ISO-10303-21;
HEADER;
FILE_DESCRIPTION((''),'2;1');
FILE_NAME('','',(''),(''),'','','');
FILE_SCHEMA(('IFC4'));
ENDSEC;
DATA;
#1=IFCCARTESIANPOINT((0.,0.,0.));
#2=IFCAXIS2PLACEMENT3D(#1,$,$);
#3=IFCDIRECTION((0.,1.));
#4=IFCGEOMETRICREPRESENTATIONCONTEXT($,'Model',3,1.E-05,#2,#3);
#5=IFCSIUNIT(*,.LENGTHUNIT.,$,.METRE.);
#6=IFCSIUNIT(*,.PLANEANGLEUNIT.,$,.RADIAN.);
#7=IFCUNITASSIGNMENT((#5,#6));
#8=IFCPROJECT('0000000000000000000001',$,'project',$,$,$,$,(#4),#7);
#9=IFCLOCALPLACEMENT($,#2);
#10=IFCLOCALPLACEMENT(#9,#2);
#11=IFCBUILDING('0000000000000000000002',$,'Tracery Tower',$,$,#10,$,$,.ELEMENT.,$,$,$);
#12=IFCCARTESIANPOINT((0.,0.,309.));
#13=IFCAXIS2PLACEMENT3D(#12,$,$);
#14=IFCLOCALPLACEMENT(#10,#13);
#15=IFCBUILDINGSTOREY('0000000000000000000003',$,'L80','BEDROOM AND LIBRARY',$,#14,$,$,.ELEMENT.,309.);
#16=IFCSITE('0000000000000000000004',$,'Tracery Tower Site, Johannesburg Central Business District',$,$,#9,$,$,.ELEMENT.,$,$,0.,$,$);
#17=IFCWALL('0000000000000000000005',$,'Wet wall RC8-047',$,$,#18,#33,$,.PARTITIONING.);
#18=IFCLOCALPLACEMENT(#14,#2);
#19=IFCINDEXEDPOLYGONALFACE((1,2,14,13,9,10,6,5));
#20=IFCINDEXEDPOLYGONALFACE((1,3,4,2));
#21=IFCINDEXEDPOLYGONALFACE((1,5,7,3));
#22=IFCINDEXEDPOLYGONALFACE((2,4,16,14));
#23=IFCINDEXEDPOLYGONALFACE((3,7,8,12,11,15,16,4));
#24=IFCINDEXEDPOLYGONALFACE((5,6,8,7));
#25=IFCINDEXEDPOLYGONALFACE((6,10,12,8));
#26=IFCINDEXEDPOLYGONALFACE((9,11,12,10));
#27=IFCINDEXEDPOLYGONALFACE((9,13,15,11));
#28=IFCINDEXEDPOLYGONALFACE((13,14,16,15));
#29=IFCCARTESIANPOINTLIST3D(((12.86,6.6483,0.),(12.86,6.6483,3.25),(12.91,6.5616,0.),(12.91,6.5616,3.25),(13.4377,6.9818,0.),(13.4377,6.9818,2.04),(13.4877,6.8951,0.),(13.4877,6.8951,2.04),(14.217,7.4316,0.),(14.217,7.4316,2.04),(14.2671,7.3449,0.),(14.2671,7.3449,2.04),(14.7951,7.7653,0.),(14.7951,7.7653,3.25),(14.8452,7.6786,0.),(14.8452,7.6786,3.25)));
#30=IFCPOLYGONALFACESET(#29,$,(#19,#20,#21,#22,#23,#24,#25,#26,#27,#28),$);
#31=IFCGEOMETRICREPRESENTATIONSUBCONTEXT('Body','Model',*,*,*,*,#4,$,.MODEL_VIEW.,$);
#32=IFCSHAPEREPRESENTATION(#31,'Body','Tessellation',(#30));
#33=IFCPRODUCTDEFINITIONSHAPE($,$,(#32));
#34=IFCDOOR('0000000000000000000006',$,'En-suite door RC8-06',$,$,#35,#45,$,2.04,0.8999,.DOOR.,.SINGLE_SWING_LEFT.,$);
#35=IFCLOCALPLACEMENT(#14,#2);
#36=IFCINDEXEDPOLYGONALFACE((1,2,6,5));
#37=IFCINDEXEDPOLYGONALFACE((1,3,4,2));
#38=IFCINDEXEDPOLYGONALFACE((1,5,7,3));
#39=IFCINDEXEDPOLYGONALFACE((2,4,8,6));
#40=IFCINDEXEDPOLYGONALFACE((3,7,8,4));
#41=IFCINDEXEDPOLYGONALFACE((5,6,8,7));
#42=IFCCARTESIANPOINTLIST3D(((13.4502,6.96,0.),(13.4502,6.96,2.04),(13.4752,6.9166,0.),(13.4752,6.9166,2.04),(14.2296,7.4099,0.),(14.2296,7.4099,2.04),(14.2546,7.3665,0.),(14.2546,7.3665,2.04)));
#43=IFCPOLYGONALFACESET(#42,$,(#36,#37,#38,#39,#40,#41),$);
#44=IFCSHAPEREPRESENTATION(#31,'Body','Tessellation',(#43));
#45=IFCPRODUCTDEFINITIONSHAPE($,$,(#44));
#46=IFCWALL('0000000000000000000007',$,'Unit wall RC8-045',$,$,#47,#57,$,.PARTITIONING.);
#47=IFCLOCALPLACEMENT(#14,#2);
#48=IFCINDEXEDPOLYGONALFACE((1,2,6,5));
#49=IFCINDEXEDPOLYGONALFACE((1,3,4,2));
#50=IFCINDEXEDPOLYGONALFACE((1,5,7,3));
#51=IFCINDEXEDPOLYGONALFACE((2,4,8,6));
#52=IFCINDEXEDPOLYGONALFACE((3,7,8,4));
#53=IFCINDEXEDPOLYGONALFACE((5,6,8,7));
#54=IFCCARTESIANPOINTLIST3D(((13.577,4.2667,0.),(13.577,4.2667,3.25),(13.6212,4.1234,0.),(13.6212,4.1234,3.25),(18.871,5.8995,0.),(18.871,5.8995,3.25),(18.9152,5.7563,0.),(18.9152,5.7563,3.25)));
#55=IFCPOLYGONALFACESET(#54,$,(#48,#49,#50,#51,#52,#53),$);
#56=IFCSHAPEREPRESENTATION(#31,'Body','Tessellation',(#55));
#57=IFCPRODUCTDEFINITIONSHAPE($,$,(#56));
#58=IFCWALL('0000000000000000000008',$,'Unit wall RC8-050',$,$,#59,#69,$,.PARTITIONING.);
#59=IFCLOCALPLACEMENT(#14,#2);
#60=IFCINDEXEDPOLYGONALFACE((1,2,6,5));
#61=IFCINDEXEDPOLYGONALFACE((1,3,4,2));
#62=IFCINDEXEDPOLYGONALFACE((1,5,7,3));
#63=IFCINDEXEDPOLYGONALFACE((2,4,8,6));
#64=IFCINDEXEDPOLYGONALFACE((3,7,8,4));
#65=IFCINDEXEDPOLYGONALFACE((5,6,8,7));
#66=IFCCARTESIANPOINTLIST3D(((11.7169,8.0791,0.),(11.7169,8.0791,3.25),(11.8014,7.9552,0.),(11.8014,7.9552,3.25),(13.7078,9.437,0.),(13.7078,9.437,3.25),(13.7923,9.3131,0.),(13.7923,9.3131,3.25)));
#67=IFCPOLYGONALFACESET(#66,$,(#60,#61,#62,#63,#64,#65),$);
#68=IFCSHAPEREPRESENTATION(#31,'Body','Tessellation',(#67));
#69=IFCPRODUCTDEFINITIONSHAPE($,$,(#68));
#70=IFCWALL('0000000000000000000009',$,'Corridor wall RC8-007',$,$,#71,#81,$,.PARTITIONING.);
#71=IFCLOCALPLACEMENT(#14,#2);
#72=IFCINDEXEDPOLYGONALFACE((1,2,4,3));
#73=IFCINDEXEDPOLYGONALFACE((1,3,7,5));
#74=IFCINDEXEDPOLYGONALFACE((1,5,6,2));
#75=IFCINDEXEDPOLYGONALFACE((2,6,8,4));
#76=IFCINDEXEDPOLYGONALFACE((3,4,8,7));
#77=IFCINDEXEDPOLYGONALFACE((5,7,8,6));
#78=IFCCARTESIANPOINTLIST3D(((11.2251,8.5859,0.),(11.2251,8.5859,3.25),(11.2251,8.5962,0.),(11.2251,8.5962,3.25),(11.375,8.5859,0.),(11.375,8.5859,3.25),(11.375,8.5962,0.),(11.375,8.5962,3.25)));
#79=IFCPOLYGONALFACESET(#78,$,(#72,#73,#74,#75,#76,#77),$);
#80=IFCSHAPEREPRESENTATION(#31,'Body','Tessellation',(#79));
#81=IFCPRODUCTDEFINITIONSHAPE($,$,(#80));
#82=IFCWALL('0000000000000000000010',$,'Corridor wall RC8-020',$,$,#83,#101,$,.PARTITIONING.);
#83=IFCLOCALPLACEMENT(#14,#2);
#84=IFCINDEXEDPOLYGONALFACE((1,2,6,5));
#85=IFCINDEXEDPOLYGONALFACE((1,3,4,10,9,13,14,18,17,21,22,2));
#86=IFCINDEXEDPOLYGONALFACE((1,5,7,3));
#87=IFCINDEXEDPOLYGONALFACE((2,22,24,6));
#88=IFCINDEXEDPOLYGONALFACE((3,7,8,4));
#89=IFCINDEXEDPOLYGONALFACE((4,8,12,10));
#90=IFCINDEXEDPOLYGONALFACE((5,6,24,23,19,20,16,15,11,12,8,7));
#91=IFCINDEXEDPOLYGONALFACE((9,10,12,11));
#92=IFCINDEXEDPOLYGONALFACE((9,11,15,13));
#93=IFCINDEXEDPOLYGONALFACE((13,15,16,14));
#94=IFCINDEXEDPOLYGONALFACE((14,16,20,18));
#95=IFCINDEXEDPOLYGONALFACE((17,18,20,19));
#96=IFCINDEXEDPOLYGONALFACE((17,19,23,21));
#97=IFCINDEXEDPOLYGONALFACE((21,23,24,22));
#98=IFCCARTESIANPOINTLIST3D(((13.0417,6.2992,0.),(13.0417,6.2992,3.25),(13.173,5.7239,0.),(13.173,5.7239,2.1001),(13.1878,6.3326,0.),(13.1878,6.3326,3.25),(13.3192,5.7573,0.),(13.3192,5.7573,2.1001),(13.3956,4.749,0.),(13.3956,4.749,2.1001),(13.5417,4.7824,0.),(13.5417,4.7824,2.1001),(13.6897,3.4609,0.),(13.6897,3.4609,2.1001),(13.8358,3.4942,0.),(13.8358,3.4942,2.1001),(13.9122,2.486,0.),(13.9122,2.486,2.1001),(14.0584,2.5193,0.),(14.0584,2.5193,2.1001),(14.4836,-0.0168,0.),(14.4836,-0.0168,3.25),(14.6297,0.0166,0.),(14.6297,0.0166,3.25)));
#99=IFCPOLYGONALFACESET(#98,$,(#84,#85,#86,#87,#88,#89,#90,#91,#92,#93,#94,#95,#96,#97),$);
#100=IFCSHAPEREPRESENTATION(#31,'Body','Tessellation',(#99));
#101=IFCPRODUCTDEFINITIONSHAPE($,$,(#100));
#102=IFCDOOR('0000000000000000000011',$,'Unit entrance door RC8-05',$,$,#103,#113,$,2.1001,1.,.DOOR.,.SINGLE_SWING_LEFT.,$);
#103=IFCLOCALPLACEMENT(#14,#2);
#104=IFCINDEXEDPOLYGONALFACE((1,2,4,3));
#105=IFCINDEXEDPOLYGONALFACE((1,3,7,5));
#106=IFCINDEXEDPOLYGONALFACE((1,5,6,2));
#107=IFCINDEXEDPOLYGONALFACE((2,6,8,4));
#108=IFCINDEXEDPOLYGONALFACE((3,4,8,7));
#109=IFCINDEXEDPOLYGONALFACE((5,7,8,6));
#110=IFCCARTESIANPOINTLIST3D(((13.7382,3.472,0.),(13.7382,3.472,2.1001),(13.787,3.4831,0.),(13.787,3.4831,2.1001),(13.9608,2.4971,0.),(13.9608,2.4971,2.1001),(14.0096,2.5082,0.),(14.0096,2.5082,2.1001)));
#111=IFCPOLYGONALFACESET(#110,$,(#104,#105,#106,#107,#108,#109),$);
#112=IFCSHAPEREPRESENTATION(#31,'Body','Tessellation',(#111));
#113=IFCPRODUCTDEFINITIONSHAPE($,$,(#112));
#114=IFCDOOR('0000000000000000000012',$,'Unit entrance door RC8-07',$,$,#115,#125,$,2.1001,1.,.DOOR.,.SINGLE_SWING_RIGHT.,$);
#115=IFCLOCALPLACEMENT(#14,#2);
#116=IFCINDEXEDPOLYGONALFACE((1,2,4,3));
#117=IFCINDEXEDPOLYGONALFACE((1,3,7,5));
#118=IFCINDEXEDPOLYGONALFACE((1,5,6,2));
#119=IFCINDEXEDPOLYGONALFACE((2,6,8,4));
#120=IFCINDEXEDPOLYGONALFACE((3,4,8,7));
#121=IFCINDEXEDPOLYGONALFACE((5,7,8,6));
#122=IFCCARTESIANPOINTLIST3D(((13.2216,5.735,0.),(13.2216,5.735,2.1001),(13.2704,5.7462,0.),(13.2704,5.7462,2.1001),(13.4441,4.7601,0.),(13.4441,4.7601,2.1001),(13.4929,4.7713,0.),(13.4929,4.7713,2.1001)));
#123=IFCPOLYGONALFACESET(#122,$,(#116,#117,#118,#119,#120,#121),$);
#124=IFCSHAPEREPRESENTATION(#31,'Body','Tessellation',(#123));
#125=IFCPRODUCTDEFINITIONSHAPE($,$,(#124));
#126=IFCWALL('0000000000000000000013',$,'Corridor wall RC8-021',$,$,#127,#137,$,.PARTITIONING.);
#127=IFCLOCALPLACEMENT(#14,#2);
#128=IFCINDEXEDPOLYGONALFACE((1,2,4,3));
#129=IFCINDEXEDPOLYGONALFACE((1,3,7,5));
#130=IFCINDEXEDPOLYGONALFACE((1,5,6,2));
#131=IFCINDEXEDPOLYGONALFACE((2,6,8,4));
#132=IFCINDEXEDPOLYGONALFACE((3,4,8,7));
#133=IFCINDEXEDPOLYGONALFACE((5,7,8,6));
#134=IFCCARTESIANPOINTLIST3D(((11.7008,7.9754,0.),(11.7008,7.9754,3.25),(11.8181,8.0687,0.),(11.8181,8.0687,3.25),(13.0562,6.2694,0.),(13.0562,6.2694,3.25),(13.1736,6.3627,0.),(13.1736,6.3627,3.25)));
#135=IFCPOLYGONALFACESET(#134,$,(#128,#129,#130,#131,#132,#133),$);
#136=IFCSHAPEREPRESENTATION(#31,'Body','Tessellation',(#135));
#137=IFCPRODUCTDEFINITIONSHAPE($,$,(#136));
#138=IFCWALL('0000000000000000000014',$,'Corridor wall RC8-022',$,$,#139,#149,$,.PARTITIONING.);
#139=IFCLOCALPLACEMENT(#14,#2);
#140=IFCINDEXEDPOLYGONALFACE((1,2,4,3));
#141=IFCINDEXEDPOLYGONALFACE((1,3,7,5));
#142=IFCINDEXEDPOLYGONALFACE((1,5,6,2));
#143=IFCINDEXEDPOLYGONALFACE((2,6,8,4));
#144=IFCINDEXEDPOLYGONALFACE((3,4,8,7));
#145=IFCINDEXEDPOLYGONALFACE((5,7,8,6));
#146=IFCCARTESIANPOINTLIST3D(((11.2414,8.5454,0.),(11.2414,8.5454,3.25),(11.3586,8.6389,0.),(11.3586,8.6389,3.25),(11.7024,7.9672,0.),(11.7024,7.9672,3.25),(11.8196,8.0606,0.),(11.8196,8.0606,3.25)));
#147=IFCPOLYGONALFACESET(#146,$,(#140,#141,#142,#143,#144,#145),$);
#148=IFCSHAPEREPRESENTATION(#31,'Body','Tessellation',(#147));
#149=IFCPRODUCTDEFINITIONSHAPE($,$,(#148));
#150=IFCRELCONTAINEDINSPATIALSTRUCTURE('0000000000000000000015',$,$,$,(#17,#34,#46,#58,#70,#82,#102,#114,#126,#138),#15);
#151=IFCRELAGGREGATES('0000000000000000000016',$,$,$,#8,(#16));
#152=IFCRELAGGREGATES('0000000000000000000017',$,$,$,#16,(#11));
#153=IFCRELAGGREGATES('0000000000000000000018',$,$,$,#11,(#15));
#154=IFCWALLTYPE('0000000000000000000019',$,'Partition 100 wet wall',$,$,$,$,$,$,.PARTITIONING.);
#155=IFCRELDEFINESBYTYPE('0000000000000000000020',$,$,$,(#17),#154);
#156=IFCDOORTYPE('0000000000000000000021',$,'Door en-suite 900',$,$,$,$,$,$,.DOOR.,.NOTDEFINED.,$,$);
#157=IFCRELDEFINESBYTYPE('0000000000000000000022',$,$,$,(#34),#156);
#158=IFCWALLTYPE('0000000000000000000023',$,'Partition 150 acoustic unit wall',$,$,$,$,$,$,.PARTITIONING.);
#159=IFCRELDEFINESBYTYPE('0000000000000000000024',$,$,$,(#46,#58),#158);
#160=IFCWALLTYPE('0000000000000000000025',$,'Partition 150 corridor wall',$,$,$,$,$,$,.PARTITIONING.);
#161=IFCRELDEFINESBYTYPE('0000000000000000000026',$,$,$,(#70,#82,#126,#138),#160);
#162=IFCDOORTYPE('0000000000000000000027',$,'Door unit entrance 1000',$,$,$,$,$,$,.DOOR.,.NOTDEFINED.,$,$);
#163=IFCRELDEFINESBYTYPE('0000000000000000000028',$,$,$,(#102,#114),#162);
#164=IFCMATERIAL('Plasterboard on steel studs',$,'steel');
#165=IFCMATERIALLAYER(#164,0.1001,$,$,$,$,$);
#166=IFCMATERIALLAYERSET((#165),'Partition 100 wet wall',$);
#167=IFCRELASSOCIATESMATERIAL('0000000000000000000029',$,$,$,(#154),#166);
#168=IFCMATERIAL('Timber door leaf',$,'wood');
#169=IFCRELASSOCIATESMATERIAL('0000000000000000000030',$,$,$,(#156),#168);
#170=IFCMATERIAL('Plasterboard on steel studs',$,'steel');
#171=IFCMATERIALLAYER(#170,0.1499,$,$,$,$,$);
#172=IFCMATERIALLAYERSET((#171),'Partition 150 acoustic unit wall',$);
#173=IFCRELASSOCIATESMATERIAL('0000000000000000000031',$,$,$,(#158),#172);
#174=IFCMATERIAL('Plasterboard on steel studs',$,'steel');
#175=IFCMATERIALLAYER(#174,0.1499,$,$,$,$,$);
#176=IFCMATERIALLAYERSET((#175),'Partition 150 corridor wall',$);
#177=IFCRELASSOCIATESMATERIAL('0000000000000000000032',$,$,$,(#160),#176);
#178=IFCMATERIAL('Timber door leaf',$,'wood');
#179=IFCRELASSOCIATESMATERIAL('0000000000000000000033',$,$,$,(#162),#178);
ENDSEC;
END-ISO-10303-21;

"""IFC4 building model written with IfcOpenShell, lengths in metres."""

from ifc_helpers import new_model, si_unit, direction, frame, frame_2d, origin, place, context, subcontext, project, spatial, rectangle, extrude, material, layer, layer_set, type_object, element, fill, save


model = new_model("IFC4")

# Units and contexts
model_context = context("Model", 3, precision=1e-05, world=origin(), true_north=direction((0.0, 1.0)))
body_context = subcontext(model_context, "Body", "Model", "MODEL_VIEW")
ifc_project = project(units=[si_unit("LENGTHUNIT", "METRE"), si_unit("PLANEANGLEUNIT", "RADIAN")], contexts=[model_context])

# Site, building, storey
site_placement = place(None, origin())
site = spatial("IfcSite", under=ifc_project, at=site_placement, Name="Tracery Tower Site, Johannesburg Central Business District", CompositionType="ELEMENT", RefElevation=0.0)
building_placement = place(site_placement, origin())
building = spatial("IfcBuilding", under=site, at=building_placement, Name="Tracery Tower", CompositionType="ELEMENT")
storey_placement = place(building_placement, frame((0.0, 0.0, 309.0)))
storey = spatial("IfcBuildingStorey", under=building, at=storey_placement, Name="L80", Description="BEDROOM AND LIBRARY", CompositionType="ELEMENT", Elevation=309.0)

# Shared definitions
ifc_material_1 = material(Name="Plasterboard on steel studs", Category="steel")
ifc_layer_1 = layer(ifc_material_1, 0.1001)
ifc_layer_set_1 = layer_set([ifc_layer_1], Name="Partition 100 wet wall")
wall_type_1 = type_object("IfcWallType", Name="Partition 100 wet wall", PredefinedType="PARTITIONING", material=ifc_layer_set_1)

# Wall, opening, door
ifc_material_2 = material(Name="Timber door leaf", Category="wood")
door_type_1 = type_object("IfcDoorType", Name="Door en-suite 900", OperationType="NOTDEFINED", PredefinedType="DOOR", material=ifc_material_2)
wall_1_placement = place(storey_placement, frame((12.885, 6.605, 0.0), z_axis=(0.0, 0.0, 1.0), x_axis=(0.866076, 0.499912, 0.0)))
wall_1 = element("IfcWall", 1, at=wall_1_placement, inside=storey, type_object=wall_type_1, Name="Wet wall RC8-047", PredefinedType="PARTITIONING", context=body_context, shape_type="SweptSolid", body=[
    extrude(rectangle(XDim=2.2344, YDim=0.1001, at=frame_2d((1.1172, 0.0))), origin(), (0.0, 0.0, 1.0), 3.25),
])
opening_1_placement = place(wall_1_placement, frame((0.667, 0.0, 0.0)))
opening_1 = element("IfcOpeningElement", 2, at=opening_1_placement, cuts=wall_1, PredefinedType="OPENING", context=body_context, shape_type="SweptSolid", body=[
    extrude(rectangle(XDim=0.8999, YDim=2.04, at=frame_2d((0.45, 1.02))), frame((0.0, 0.05, 0.0), z_axis=(0.0, -1.0, 0.0), x_axis=(1.0, 0.0, 0.0)), (0.0, 0.0, 1.0), 0.1001),
])
door_1_placement = place(opening_1_placement, origin())
door_1 = element("IfcDoor", 3, at=door_1_placement, inside=storey, type_object=door_type_1, Name="En-suite door RC8-06", OperationType="SINGLE_SWING_LEFT", OverallHeight=2.04, OverallWidth=0.8999, PredefinedType="DOOR", context=body_context, shape_type="SweptSolid", body=[
    extrude(rectangle(XDim=0.8999, YDim=2.04, at=frame_2d((0.45, 1.02))), frame((0.0, 0.0249, 0.0), z_axis=(0.0, -1.0, 0.0), x_axis=(1.0, 0.0, 0.0)), (0.0, 0.0, 1.0), 0.05),
])
fill(opening_1, door_1)

# Walls
ifc_material_3 = material(Name="Plasterboard on steel studs", Category="steel")
ifc_layer_2 = layer(ifc_material_3, 0.1499)
ifc_layer_set_2 = layer_set([ifc_layer_2], Name="Partition 150 acoustic unit wall")
wall_type_2 = type_object("IfcWallType", Name="Partition 150 acoustic unit wall", PredefinedType="PARTITIONING", material=ifc_layer_set_2)
wall_2_placement = place(storey_placement, frame((13.5991, 4.1951, 0.0), z_axis=(0.0, 0.0, 1.0), x_axis=(0.955581, 0.29473, 0.0)))
element("IfcWall", 4, at=wall_2_placement, inside=storey, type_object=wall_type_2, Name="Unit wall RC8-045", PredefinedType="PARTITIONING", context=body_context, shape_type="SweptSolid", body=[
    extrude(rectangle(XDim=5.54, YDim=0.1499, at=frame_2d((2.77, 0.0))), origin(), (0.0, 0.0, 1.0), 3.25),
])
wall_3_placement = place(storey_placement, frame((11.759, 8.0171, 0.0), z_axis=(0.0, 0.0, 1.0), x_axis=(0.826144, 0.563459, 0.0)))
element("IfcWall", 5, at=wall_3_placement, inside=storey, type_object=wall_type_2, Name="Unit wall RC8-050", PredefinedType="PARTITIONING", context=body_context, shape_type="SweptSolid", body=[
    extrude(rectangle(XDim=2.4099, YDim=0.1499, at=frame_2d((1.2051, 0.0))), origin(), (0.0, 0.0, 1.0), 3.25),
])
ifc_material_4 = material(Name="Plasterboard on steel studs", Category="steel")
ifc_layer_3 = layer(ifc_material_4, 0.1499)
ifc_layer_set_3 = layer_set([ifc_layer_3], Name="Partition 150 corridor wall")
wall_type_3 = type_object("IfcWallType", Name="Partition 150 corridor wall", PredefinedType="PARTITIONING", material=ifc_layer_set_3)
wall_4_placement = place(storey_placement, frame((11.3, 8.5859, 0.0), z_axis=(0.0, 0.0, 1.0), x_axis=(0.0, 1.0, 0.0)))
element("IfcWall", 6, at=wall_4_placement, inside=storey, type_object=wall_type_3, Name="Corridor wall RC8-007", PredefinedType="PARTITIONING", context=body_context, shape_type="SweptSolid", body=[
    extrude(rectangle(XDim=0.0103, YDim=0.1499, at=frame_2d((0.0051, 0.0))), origin(), (0.0, 0.0, 1.0), 3.25),
])

# Wall, openings, doors
wall_5_placement = place(storey_placement, frame((13.1147, 6.3159, 0.0), z_axis=(0.0, 0.0, 1.0), x_axis=(0.222569, -0.974917, 0.0)))
wall_5 = element("IfcWall", 7, at=wall_5_placement, inside=storey, type_object=wall_type_3, Name="Corridor wall RC8-020", PredefinedType="PARTITIONING", context=body_context, shape_type="SweptSolid", body=[
    extrude(rectangle(XDim=6.4785, YDim=0.1499, at=frame_2d((3.2393, 0.0))), origin(), (0.0, 0.0, 1.0), 3.25),
])
opening_2_placement = place(wall_5_placement, frame((2.9114, 0.0, 0.0)))
opening_2 = element("IfcOpeningElement", 8, at=opening_2_placement, cuts=wall_5, PredefinedType="OPENING", context=body_context, shape_type="SweptSolid", body=[
    extrude(rectangle(XDim=1.0, YDim=2.1001, at=frame_2d((0.5, 1.05))), frame((0.0, 0.075, 0.0), z_axis=(0.0, -1.0, 0.0), x_axis=(1.0, 0.0, 0.0)), (0.0, 0.0, 1.0), 0.1499),
])
opening_3_placement = place(wall_5_placement, frame((0.5901, 0.0, 0.0)))
opening_3 = element("IfcOpeningElement", 9, at=opening_3_placement, cuts=wall_5, PredefinedType="OPENING", context=body_context, shape_type="SweptSolid", body=[
    extrude(rectangle(XDim=1.0, YDim=2.1001, at=frame_2d((0.5, 1.05))), frame((0.0, 0.075, 0.0), z_axis=(0.0, -1.0, 0.0), x_axis=(1.0, 0.0, 0.0)), (0.0, 0.0, 1.0), 0.1499),
])
ifc_material_5 = material(Name="Timber door leaf", Category="wood")
door_type_2 = type_object("IfcDoorType", Name="Door unit entrance 1000", OperationType="NOTDEFINED", PredefinedType="DOOR", material=ifc_material_5)
door_2_placement = place(opening_2_placement, origin())
door_2 = element("IfcDoor", 10, at=door_2_placement, inside=storey, type_object=door_type_2, Name="Unit entrance door RC8-05", OperationType="SINGLE_SWING_LEFT", OverallHeight=2.1001, OverallWidth=1.0, PredefinedType="DOOR", context=body_context, shape_type="SweptSolid", body=[
    extrude(rectangle(XDim=1.0, YDim=2.1001, at=frame_2d((0.5, 1.05))), frame((0.0, 0.0249, 0.0), z_axis=(0.0, -1.0, 0.0), x_axis=(1.0, 0.0, 0.0)), (0.0, 0.0, 1.0), 0.05),
])
fill(opening_2, door_2)
door_3_placement = place(opening_3_placement, origin())
door_3 = element("IfcDoor", 11, at=door_3_placement, inside=storey, type_object=door_type_2, Name="Unit entrance door RC8-07", OperationType="SINGLE_SWING_RIGHT", OverallHeight=2.1001, OverallWidth=1.0, PredefinedType="DOOR", context=body_context, shape_type="SweptSolid", body=[
    extrude(rectangle(XDim=1.0, YDim=2.1001, at=frame_2d((0.5, 1.05))), frame((0.0, 0.0249, 0.0), z_axis=(0.0, -1.0, 0.0), x_axis=(1.0, 0.0, 0.0)), (0.0, 0.0, 1.0), 0.05),
])
fill(opening_3, door_3)

# Walls
wall_6_placement = place(storey_placement, frame((11.7595, 8.022, 0.0), z_axis=(0.0, 0.0, 1.0), x_axis=(0.622068, -0.782963, 0.0)))
element("IfcWall", 12, at=wall_6_placement, inside=storey, type_object=wall_type_3, Name="Corridor wall RC8-021", PredefinedType="PARTITIONING", context=body_context, shape_type="SweptSolid", body=[
    extrude(rectangle(XDim=2.179, YDim=0.1499, at=frame_2d((1.0894, 0.0))), origin(), (0.0, 0.0, 1.0), 3.25),
])
wall_7_placement = place(storey_placement, frame((11.3, 8.592, 0.0), z_axis=(0.0, 0.0, 1.0), x_axis=(0.623406, -0.781899, 0.0)))
element("IfcWall", 13, at=wall_7_placement, inside=storey, type_object=wall_type_3, Name="Corridor wall RC8-022", PredefinedType="PARTITIONING", context=body_context, shape_type="SweptSolid", body=[
    extrude(rectangle(XDim=0.7395, YDim=0.1499, at=frame_2d((0.3696, 0.0))), origin(), (0.0, 0.0, 1.0), 3.25),
])

save(model, "model.ifc")
